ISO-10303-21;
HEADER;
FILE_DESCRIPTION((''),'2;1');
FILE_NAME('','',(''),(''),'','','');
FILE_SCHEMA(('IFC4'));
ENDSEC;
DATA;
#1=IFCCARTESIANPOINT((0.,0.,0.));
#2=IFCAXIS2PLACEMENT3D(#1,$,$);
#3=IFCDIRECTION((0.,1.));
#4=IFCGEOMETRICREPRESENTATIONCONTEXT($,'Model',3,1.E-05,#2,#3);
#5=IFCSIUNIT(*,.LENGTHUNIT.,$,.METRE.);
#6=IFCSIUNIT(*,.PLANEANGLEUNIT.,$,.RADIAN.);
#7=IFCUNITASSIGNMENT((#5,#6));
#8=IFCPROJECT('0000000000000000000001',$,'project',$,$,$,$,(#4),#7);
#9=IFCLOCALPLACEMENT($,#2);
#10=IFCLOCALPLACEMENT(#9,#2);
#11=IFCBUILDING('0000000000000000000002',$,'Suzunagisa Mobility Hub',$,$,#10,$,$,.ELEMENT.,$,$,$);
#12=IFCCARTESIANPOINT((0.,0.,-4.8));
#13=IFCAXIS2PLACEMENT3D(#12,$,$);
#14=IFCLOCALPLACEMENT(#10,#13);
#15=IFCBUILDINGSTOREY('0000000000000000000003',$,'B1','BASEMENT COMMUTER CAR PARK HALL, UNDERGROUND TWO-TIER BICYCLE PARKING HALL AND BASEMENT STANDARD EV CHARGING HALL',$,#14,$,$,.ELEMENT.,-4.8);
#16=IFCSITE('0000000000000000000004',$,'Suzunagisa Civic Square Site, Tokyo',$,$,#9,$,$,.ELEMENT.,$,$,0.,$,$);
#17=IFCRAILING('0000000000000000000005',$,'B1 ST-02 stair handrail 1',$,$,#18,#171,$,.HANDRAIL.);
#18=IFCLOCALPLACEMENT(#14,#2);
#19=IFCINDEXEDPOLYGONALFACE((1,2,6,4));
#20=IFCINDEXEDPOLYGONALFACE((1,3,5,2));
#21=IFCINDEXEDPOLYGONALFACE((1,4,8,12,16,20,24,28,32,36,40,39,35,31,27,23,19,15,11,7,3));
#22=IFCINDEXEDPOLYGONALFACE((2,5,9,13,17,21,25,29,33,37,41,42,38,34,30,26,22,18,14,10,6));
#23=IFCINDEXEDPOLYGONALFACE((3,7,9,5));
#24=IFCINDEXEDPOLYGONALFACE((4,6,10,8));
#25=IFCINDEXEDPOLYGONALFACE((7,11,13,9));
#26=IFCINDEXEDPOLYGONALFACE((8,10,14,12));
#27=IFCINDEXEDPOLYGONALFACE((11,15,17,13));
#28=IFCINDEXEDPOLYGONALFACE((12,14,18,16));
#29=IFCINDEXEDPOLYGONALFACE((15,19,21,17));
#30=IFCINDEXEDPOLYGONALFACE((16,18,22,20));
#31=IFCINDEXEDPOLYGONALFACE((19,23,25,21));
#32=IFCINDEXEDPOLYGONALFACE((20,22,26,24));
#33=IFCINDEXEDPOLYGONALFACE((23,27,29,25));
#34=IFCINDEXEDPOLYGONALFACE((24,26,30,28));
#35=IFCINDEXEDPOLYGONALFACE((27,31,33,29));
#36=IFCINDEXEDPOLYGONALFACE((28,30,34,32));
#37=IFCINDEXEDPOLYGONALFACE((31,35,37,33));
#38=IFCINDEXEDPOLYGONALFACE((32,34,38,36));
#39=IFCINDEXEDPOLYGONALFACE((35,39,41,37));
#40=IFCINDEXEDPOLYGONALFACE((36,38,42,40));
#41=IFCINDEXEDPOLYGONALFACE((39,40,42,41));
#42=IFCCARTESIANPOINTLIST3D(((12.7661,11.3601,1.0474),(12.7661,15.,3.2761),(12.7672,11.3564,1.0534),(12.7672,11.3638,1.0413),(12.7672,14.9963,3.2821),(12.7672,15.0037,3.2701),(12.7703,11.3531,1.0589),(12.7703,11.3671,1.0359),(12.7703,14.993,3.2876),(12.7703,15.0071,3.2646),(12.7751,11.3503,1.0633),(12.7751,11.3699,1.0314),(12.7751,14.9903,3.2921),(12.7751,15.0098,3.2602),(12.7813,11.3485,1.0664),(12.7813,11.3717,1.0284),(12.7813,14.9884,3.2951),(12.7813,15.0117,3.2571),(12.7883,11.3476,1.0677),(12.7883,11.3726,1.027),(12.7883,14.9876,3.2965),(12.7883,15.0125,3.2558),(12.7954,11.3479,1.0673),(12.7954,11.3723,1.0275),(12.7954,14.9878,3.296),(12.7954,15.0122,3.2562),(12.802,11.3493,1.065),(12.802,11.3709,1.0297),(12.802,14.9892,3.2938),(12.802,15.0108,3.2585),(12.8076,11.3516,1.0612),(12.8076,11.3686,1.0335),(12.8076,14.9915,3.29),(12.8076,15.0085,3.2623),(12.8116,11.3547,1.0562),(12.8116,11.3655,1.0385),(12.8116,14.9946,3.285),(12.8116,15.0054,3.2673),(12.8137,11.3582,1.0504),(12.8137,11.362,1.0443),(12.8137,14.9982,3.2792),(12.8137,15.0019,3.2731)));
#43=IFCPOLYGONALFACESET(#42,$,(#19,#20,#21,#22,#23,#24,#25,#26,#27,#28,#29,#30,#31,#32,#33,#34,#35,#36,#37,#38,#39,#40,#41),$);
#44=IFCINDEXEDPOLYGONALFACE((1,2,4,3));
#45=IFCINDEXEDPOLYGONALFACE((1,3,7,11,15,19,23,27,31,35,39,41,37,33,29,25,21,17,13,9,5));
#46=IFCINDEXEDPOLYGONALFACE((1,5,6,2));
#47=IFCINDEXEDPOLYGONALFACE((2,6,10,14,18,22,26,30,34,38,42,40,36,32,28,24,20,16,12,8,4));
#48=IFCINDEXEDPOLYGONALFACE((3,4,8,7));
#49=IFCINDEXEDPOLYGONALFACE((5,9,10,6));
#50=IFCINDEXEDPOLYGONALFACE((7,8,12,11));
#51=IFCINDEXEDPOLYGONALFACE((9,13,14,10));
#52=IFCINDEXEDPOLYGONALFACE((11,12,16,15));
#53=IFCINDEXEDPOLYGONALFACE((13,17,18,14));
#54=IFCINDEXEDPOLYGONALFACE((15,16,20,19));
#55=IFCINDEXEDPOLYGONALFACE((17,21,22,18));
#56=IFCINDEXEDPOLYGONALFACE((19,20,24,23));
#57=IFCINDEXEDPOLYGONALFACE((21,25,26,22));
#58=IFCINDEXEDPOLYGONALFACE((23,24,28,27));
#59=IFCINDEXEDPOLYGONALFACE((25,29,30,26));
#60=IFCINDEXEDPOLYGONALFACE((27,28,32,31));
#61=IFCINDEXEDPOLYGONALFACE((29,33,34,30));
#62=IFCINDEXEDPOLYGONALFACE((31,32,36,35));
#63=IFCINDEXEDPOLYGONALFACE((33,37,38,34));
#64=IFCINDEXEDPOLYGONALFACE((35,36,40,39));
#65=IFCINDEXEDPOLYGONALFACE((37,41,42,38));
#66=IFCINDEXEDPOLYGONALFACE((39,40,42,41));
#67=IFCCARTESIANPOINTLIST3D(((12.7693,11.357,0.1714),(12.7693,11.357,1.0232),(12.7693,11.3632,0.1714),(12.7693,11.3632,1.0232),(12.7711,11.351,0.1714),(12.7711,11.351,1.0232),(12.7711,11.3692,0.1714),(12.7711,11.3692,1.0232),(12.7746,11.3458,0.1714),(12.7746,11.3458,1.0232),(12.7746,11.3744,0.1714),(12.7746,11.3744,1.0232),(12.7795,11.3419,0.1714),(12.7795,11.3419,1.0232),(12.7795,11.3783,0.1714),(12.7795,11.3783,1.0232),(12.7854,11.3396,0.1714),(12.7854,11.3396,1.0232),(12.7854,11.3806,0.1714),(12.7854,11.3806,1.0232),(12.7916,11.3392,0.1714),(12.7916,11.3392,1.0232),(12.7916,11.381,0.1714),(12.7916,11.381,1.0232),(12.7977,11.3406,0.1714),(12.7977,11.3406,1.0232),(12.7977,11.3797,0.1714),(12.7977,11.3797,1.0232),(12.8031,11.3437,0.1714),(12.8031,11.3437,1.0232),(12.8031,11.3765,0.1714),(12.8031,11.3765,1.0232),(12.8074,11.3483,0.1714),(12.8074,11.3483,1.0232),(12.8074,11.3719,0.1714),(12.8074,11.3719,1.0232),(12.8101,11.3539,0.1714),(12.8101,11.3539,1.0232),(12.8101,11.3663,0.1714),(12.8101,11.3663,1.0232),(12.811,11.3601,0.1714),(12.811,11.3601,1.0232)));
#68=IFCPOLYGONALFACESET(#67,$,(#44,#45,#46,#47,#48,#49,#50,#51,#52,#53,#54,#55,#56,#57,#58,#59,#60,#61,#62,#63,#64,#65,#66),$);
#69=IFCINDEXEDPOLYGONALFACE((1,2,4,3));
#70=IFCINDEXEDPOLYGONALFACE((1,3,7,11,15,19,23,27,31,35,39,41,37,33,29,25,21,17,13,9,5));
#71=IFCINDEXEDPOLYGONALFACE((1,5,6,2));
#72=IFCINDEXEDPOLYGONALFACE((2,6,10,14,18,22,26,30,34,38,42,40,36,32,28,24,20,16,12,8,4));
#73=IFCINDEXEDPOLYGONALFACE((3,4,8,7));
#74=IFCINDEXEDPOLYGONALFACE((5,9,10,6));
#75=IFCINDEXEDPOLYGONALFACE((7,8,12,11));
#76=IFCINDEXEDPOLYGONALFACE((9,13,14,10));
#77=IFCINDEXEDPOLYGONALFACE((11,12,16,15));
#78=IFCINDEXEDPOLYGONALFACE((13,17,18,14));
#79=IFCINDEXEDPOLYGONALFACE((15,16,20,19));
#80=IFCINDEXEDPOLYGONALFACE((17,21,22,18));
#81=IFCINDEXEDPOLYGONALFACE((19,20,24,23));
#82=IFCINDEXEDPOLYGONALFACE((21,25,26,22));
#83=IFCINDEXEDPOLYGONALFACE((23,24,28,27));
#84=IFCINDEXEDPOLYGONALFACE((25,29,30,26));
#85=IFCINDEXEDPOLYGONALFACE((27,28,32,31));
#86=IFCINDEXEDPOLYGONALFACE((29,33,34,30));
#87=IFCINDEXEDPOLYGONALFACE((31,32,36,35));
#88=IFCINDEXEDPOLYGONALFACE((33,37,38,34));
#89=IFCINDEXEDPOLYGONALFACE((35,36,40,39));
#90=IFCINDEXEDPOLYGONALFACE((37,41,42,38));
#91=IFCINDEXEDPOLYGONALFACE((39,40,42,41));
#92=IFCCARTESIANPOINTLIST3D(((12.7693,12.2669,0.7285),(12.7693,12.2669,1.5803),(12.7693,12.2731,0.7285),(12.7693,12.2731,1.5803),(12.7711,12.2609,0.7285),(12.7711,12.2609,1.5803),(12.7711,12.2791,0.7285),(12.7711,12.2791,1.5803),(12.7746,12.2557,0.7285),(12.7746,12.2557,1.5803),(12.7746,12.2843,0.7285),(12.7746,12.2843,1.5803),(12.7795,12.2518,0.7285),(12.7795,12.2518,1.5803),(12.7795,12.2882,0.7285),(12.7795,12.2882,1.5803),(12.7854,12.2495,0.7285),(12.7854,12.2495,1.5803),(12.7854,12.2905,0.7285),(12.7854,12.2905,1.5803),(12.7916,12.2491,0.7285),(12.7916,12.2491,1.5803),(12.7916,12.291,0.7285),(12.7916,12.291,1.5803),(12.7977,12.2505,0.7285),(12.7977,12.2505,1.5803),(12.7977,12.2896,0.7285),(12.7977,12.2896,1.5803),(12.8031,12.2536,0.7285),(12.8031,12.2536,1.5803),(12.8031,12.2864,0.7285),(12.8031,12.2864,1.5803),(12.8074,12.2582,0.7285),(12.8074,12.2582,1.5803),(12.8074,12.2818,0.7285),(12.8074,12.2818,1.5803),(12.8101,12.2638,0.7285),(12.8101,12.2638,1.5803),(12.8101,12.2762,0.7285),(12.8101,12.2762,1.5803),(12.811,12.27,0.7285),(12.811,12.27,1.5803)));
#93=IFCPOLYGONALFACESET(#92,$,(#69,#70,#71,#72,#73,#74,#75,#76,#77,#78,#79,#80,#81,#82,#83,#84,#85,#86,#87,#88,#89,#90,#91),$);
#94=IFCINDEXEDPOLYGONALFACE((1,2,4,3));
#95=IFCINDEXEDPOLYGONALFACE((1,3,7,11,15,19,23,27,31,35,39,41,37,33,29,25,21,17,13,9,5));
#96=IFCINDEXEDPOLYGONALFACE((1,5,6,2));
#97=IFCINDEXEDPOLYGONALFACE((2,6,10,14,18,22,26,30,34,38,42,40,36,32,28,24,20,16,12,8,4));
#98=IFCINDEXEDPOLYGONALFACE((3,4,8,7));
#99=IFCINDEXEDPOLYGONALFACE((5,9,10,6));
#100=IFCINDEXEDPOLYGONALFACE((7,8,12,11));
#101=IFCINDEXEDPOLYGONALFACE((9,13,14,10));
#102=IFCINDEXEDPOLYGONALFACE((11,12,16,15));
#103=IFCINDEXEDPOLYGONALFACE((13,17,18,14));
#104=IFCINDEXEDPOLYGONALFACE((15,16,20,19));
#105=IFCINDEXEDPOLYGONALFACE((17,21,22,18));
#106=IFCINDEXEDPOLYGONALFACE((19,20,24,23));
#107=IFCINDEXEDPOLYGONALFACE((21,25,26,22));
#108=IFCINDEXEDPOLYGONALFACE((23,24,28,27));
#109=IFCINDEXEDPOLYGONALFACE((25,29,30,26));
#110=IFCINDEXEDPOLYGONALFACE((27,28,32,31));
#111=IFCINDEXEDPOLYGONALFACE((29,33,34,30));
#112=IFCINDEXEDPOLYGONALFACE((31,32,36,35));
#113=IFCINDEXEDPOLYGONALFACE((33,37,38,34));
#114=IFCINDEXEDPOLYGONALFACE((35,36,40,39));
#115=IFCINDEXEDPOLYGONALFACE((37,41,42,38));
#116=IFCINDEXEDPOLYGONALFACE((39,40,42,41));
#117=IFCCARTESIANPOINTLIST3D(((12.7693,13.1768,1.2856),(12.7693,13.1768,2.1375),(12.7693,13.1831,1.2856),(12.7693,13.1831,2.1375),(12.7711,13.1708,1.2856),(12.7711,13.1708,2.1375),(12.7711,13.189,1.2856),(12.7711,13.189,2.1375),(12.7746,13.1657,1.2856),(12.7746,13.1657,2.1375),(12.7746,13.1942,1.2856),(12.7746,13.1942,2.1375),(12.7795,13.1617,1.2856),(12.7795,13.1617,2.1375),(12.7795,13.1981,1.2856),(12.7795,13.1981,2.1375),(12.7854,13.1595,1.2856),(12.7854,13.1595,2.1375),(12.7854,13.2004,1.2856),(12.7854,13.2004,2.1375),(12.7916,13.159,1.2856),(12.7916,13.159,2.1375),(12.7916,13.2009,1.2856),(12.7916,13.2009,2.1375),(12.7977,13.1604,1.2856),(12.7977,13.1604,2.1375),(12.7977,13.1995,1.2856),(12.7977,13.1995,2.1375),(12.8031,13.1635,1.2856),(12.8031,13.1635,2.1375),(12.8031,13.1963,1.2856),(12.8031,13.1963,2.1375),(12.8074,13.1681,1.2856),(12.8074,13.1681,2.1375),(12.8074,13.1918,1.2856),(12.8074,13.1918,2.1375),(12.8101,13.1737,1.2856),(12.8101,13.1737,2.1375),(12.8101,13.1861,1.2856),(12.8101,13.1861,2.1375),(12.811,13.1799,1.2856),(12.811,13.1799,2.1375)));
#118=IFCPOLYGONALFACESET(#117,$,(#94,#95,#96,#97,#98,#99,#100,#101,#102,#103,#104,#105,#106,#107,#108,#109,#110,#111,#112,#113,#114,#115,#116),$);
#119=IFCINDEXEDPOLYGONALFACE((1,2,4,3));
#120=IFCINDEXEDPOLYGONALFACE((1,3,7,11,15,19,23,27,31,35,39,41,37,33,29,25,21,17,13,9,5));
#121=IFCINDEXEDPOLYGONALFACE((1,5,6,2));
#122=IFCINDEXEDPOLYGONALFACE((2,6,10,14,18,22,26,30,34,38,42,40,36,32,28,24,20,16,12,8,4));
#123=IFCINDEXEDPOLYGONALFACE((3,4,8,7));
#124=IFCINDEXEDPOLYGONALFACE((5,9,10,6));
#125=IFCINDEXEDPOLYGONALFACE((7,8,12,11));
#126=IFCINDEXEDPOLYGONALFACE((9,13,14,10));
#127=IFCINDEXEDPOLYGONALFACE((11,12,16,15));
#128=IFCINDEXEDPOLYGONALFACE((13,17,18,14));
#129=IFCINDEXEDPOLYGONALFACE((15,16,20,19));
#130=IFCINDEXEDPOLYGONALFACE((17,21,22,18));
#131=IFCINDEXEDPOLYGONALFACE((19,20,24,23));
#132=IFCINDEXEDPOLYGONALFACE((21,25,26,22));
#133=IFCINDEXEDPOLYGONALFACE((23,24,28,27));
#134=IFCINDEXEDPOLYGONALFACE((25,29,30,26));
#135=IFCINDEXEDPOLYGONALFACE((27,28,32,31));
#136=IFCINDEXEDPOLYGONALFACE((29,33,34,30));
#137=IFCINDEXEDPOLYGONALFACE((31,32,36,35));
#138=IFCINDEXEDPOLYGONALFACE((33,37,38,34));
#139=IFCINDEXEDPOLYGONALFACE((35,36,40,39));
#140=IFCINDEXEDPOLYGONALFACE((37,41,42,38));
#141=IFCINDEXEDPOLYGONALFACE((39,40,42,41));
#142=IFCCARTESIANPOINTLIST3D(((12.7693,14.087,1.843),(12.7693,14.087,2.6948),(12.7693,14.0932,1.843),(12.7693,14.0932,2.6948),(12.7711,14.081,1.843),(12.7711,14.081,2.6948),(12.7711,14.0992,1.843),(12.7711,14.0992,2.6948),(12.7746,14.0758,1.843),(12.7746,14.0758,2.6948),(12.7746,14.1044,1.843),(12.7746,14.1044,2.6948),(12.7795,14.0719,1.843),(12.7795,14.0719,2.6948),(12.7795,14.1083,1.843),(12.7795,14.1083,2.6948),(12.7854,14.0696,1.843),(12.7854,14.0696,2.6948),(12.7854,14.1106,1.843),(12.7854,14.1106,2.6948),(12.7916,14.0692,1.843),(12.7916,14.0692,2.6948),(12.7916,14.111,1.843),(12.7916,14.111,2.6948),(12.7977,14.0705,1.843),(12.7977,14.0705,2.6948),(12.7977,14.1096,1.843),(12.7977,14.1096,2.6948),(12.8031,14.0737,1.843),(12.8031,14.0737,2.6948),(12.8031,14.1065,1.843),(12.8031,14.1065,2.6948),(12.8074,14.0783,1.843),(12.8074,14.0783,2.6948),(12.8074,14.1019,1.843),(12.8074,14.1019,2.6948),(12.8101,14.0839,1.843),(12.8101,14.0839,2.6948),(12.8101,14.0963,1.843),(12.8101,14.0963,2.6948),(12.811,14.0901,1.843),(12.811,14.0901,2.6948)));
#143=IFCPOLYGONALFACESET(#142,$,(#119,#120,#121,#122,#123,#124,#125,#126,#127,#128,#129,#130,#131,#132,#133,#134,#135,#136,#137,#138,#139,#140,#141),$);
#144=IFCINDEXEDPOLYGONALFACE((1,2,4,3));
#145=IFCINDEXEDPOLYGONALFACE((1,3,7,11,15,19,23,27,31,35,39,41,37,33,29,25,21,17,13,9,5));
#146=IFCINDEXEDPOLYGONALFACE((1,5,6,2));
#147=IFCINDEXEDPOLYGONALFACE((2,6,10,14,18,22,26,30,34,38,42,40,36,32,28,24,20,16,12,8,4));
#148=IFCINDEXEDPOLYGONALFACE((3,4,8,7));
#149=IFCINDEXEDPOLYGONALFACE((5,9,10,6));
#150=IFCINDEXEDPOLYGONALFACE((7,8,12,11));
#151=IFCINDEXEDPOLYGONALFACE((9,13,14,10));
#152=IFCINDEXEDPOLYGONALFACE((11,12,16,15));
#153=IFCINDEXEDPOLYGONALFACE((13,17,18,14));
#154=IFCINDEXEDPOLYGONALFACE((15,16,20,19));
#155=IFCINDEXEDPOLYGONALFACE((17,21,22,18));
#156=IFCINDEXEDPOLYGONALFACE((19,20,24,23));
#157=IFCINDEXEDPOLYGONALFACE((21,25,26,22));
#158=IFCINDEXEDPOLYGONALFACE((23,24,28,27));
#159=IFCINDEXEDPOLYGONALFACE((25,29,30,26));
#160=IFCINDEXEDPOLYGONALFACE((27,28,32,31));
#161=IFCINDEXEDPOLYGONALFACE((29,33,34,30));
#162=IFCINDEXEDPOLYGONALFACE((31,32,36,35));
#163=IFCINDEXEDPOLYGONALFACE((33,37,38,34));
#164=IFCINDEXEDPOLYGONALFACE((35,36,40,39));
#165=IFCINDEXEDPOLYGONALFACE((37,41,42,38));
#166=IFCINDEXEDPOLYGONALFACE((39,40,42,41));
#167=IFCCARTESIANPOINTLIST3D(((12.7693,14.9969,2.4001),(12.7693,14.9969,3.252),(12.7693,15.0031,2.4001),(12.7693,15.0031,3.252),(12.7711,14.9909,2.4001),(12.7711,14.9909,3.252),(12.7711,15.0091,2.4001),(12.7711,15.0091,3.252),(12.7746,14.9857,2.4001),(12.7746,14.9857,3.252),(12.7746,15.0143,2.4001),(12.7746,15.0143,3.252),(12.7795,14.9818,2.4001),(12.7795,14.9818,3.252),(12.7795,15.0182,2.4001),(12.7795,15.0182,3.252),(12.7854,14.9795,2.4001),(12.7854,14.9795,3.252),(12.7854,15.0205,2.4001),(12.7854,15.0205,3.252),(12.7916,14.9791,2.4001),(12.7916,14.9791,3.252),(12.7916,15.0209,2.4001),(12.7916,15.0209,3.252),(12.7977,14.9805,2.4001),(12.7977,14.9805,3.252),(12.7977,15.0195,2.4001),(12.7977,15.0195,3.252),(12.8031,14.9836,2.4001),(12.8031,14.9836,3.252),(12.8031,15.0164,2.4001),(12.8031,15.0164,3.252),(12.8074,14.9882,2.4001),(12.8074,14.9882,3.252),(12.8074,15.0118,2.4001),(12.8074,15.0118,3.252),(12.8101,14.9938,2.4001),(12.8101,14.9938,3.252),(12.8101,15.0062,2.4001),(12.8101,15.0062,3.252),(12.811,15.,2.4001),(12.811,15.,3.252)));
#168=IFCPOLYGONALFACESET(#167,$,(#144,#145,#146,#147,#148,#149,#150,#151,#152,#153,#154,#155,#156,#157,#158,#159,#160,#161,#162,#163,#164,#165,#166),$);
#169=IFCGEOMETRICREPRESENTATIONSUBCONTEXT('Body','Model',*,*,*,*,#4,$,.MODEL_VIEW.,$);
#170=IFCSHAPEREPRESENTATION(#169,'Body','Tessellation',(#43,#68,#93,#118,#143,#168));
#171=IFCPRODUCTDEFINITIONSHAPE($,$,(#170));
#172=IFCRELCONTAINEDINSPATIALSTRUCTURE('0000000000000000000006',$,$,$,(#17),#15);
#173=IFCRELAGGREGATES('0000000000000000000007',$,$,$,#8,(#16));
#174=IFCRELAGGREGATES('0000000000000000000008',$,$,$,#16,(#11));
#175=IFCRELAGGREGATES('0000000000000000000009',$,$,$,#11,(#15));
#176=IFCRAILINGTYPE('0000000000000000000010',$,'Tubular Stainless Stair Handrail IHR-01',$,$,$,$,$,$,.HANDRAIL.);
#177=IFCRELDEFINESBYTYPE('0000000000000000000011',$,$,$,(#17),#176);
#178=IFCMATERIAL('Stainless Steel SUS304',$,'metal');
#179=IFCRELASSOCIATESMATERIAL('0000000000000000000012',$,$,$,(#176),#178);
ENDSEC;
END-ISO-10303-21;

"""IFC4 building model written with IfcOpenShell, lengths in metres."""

from ifc_helpers import new_model, si_unit, direction, frame, origin, origin_2d, place, context, subcontext, project, spatial, circle, extrude, material, type_object, element, save


model = new_model("IFC4")

# Units and contexts
model_context = context("Model", 3, precision=1e-05, world=origin(), true_north=direction((0.0, 1.0)))
body_context = subcontext(model_context, "Body", "Model", "MODEL_VIEW")
ifc_project = project(units=[si_unit("LENGTHUNIT", "METRE"), si_unit("PLANEANGLEUNIT", "RADIAN")], contexts=[model_context])

# Site, building, storey
site_placement = place(None, origin())
site = spatial("IfcSite", under=ifc_project, at=site_placement, Name="Suzunagisa Civic Square Site, Tokyo", CompositionType="ELEMENT", RefElevation=0.0)
building_placement = place(site_placement, origin())
building = spatial("IfcBuilding", under=site, at=building_placement, Name="Suzunagisa Mobility Hub", CompositionType="ELEMENT")
storey_placement = place(building_placement, frame((0.0, 0.0, -4.8)))
storey = spatial("IfcBuildingStorey", under=building, at=storey_placement, Name="B1", Description="BASEMENT COMMUTER CAR PARK HALL, UNDERGROUND TWO-TIER BICYCLE PARKING HALL AND BASEMENT STANDARD EV CHARGING HALL", CompositionType="ELEMENT", Elevation=-4.8)

# Railing
ifc_material_1 = material(Name="Stainless Steel SUS304", Category="metal")
railing_type_1 = type_object("IfcRailingType", Name="Tubular Stainless Stair Handrail IHR-01", PredefinedType="HANDRAIL", material=ifc_material_1)
railing_1_placement = place(storey_placement, frame((12.79, 11.3601, 0.1714)))
element("IfcRailing", 1, at=railing_1_placement, inside=storey, type_object=railing_type_1, Name="B1 ST-02 stair handrail 1", PredefinedType="HANDRAIL", context=body_context, shape_type="SweptSolid", body=[
    extrude(circle(Radius=0.0239, at=origin_2d()), frame((0.0, 0.0, 0.876), z_axis=(0.0, 0.852825, 0.522197), x_axis=(-1.0, 0.0, 0.0)), (0.0, 0.0, 1.0), 4.2681),
    extrude(circle(Radius=0.021, at=origin_2d()), origin(), (0.0, 0.0, 1.0), 0.8518),
    extrude(circle(Radius=0.021, at=origin_2d()), frame((0.0, 0.9099, 0.5571)), (0.0, 0.0, 1.0), 0.8518),
    extrude(circle(Radius=0.021, at=origin_2d()), frame((0.0, 1.8198, 1.1143)), (0.0, 0.0, 1.0), 0.8518),
    extrude(circle(Radius=0.021, at=origin_2d()), frame((0.0, 2.73, 1.6716)), (0.0, 0.0, 1.0), 0.8518),
    extrude(circle(Radius=0.021, at=origin_2d()), frame((0.0, 3.6399, 2.2288)), (0.0, 0.0, 1.0), 0.8518),
])

save(model, "model.ifc")
